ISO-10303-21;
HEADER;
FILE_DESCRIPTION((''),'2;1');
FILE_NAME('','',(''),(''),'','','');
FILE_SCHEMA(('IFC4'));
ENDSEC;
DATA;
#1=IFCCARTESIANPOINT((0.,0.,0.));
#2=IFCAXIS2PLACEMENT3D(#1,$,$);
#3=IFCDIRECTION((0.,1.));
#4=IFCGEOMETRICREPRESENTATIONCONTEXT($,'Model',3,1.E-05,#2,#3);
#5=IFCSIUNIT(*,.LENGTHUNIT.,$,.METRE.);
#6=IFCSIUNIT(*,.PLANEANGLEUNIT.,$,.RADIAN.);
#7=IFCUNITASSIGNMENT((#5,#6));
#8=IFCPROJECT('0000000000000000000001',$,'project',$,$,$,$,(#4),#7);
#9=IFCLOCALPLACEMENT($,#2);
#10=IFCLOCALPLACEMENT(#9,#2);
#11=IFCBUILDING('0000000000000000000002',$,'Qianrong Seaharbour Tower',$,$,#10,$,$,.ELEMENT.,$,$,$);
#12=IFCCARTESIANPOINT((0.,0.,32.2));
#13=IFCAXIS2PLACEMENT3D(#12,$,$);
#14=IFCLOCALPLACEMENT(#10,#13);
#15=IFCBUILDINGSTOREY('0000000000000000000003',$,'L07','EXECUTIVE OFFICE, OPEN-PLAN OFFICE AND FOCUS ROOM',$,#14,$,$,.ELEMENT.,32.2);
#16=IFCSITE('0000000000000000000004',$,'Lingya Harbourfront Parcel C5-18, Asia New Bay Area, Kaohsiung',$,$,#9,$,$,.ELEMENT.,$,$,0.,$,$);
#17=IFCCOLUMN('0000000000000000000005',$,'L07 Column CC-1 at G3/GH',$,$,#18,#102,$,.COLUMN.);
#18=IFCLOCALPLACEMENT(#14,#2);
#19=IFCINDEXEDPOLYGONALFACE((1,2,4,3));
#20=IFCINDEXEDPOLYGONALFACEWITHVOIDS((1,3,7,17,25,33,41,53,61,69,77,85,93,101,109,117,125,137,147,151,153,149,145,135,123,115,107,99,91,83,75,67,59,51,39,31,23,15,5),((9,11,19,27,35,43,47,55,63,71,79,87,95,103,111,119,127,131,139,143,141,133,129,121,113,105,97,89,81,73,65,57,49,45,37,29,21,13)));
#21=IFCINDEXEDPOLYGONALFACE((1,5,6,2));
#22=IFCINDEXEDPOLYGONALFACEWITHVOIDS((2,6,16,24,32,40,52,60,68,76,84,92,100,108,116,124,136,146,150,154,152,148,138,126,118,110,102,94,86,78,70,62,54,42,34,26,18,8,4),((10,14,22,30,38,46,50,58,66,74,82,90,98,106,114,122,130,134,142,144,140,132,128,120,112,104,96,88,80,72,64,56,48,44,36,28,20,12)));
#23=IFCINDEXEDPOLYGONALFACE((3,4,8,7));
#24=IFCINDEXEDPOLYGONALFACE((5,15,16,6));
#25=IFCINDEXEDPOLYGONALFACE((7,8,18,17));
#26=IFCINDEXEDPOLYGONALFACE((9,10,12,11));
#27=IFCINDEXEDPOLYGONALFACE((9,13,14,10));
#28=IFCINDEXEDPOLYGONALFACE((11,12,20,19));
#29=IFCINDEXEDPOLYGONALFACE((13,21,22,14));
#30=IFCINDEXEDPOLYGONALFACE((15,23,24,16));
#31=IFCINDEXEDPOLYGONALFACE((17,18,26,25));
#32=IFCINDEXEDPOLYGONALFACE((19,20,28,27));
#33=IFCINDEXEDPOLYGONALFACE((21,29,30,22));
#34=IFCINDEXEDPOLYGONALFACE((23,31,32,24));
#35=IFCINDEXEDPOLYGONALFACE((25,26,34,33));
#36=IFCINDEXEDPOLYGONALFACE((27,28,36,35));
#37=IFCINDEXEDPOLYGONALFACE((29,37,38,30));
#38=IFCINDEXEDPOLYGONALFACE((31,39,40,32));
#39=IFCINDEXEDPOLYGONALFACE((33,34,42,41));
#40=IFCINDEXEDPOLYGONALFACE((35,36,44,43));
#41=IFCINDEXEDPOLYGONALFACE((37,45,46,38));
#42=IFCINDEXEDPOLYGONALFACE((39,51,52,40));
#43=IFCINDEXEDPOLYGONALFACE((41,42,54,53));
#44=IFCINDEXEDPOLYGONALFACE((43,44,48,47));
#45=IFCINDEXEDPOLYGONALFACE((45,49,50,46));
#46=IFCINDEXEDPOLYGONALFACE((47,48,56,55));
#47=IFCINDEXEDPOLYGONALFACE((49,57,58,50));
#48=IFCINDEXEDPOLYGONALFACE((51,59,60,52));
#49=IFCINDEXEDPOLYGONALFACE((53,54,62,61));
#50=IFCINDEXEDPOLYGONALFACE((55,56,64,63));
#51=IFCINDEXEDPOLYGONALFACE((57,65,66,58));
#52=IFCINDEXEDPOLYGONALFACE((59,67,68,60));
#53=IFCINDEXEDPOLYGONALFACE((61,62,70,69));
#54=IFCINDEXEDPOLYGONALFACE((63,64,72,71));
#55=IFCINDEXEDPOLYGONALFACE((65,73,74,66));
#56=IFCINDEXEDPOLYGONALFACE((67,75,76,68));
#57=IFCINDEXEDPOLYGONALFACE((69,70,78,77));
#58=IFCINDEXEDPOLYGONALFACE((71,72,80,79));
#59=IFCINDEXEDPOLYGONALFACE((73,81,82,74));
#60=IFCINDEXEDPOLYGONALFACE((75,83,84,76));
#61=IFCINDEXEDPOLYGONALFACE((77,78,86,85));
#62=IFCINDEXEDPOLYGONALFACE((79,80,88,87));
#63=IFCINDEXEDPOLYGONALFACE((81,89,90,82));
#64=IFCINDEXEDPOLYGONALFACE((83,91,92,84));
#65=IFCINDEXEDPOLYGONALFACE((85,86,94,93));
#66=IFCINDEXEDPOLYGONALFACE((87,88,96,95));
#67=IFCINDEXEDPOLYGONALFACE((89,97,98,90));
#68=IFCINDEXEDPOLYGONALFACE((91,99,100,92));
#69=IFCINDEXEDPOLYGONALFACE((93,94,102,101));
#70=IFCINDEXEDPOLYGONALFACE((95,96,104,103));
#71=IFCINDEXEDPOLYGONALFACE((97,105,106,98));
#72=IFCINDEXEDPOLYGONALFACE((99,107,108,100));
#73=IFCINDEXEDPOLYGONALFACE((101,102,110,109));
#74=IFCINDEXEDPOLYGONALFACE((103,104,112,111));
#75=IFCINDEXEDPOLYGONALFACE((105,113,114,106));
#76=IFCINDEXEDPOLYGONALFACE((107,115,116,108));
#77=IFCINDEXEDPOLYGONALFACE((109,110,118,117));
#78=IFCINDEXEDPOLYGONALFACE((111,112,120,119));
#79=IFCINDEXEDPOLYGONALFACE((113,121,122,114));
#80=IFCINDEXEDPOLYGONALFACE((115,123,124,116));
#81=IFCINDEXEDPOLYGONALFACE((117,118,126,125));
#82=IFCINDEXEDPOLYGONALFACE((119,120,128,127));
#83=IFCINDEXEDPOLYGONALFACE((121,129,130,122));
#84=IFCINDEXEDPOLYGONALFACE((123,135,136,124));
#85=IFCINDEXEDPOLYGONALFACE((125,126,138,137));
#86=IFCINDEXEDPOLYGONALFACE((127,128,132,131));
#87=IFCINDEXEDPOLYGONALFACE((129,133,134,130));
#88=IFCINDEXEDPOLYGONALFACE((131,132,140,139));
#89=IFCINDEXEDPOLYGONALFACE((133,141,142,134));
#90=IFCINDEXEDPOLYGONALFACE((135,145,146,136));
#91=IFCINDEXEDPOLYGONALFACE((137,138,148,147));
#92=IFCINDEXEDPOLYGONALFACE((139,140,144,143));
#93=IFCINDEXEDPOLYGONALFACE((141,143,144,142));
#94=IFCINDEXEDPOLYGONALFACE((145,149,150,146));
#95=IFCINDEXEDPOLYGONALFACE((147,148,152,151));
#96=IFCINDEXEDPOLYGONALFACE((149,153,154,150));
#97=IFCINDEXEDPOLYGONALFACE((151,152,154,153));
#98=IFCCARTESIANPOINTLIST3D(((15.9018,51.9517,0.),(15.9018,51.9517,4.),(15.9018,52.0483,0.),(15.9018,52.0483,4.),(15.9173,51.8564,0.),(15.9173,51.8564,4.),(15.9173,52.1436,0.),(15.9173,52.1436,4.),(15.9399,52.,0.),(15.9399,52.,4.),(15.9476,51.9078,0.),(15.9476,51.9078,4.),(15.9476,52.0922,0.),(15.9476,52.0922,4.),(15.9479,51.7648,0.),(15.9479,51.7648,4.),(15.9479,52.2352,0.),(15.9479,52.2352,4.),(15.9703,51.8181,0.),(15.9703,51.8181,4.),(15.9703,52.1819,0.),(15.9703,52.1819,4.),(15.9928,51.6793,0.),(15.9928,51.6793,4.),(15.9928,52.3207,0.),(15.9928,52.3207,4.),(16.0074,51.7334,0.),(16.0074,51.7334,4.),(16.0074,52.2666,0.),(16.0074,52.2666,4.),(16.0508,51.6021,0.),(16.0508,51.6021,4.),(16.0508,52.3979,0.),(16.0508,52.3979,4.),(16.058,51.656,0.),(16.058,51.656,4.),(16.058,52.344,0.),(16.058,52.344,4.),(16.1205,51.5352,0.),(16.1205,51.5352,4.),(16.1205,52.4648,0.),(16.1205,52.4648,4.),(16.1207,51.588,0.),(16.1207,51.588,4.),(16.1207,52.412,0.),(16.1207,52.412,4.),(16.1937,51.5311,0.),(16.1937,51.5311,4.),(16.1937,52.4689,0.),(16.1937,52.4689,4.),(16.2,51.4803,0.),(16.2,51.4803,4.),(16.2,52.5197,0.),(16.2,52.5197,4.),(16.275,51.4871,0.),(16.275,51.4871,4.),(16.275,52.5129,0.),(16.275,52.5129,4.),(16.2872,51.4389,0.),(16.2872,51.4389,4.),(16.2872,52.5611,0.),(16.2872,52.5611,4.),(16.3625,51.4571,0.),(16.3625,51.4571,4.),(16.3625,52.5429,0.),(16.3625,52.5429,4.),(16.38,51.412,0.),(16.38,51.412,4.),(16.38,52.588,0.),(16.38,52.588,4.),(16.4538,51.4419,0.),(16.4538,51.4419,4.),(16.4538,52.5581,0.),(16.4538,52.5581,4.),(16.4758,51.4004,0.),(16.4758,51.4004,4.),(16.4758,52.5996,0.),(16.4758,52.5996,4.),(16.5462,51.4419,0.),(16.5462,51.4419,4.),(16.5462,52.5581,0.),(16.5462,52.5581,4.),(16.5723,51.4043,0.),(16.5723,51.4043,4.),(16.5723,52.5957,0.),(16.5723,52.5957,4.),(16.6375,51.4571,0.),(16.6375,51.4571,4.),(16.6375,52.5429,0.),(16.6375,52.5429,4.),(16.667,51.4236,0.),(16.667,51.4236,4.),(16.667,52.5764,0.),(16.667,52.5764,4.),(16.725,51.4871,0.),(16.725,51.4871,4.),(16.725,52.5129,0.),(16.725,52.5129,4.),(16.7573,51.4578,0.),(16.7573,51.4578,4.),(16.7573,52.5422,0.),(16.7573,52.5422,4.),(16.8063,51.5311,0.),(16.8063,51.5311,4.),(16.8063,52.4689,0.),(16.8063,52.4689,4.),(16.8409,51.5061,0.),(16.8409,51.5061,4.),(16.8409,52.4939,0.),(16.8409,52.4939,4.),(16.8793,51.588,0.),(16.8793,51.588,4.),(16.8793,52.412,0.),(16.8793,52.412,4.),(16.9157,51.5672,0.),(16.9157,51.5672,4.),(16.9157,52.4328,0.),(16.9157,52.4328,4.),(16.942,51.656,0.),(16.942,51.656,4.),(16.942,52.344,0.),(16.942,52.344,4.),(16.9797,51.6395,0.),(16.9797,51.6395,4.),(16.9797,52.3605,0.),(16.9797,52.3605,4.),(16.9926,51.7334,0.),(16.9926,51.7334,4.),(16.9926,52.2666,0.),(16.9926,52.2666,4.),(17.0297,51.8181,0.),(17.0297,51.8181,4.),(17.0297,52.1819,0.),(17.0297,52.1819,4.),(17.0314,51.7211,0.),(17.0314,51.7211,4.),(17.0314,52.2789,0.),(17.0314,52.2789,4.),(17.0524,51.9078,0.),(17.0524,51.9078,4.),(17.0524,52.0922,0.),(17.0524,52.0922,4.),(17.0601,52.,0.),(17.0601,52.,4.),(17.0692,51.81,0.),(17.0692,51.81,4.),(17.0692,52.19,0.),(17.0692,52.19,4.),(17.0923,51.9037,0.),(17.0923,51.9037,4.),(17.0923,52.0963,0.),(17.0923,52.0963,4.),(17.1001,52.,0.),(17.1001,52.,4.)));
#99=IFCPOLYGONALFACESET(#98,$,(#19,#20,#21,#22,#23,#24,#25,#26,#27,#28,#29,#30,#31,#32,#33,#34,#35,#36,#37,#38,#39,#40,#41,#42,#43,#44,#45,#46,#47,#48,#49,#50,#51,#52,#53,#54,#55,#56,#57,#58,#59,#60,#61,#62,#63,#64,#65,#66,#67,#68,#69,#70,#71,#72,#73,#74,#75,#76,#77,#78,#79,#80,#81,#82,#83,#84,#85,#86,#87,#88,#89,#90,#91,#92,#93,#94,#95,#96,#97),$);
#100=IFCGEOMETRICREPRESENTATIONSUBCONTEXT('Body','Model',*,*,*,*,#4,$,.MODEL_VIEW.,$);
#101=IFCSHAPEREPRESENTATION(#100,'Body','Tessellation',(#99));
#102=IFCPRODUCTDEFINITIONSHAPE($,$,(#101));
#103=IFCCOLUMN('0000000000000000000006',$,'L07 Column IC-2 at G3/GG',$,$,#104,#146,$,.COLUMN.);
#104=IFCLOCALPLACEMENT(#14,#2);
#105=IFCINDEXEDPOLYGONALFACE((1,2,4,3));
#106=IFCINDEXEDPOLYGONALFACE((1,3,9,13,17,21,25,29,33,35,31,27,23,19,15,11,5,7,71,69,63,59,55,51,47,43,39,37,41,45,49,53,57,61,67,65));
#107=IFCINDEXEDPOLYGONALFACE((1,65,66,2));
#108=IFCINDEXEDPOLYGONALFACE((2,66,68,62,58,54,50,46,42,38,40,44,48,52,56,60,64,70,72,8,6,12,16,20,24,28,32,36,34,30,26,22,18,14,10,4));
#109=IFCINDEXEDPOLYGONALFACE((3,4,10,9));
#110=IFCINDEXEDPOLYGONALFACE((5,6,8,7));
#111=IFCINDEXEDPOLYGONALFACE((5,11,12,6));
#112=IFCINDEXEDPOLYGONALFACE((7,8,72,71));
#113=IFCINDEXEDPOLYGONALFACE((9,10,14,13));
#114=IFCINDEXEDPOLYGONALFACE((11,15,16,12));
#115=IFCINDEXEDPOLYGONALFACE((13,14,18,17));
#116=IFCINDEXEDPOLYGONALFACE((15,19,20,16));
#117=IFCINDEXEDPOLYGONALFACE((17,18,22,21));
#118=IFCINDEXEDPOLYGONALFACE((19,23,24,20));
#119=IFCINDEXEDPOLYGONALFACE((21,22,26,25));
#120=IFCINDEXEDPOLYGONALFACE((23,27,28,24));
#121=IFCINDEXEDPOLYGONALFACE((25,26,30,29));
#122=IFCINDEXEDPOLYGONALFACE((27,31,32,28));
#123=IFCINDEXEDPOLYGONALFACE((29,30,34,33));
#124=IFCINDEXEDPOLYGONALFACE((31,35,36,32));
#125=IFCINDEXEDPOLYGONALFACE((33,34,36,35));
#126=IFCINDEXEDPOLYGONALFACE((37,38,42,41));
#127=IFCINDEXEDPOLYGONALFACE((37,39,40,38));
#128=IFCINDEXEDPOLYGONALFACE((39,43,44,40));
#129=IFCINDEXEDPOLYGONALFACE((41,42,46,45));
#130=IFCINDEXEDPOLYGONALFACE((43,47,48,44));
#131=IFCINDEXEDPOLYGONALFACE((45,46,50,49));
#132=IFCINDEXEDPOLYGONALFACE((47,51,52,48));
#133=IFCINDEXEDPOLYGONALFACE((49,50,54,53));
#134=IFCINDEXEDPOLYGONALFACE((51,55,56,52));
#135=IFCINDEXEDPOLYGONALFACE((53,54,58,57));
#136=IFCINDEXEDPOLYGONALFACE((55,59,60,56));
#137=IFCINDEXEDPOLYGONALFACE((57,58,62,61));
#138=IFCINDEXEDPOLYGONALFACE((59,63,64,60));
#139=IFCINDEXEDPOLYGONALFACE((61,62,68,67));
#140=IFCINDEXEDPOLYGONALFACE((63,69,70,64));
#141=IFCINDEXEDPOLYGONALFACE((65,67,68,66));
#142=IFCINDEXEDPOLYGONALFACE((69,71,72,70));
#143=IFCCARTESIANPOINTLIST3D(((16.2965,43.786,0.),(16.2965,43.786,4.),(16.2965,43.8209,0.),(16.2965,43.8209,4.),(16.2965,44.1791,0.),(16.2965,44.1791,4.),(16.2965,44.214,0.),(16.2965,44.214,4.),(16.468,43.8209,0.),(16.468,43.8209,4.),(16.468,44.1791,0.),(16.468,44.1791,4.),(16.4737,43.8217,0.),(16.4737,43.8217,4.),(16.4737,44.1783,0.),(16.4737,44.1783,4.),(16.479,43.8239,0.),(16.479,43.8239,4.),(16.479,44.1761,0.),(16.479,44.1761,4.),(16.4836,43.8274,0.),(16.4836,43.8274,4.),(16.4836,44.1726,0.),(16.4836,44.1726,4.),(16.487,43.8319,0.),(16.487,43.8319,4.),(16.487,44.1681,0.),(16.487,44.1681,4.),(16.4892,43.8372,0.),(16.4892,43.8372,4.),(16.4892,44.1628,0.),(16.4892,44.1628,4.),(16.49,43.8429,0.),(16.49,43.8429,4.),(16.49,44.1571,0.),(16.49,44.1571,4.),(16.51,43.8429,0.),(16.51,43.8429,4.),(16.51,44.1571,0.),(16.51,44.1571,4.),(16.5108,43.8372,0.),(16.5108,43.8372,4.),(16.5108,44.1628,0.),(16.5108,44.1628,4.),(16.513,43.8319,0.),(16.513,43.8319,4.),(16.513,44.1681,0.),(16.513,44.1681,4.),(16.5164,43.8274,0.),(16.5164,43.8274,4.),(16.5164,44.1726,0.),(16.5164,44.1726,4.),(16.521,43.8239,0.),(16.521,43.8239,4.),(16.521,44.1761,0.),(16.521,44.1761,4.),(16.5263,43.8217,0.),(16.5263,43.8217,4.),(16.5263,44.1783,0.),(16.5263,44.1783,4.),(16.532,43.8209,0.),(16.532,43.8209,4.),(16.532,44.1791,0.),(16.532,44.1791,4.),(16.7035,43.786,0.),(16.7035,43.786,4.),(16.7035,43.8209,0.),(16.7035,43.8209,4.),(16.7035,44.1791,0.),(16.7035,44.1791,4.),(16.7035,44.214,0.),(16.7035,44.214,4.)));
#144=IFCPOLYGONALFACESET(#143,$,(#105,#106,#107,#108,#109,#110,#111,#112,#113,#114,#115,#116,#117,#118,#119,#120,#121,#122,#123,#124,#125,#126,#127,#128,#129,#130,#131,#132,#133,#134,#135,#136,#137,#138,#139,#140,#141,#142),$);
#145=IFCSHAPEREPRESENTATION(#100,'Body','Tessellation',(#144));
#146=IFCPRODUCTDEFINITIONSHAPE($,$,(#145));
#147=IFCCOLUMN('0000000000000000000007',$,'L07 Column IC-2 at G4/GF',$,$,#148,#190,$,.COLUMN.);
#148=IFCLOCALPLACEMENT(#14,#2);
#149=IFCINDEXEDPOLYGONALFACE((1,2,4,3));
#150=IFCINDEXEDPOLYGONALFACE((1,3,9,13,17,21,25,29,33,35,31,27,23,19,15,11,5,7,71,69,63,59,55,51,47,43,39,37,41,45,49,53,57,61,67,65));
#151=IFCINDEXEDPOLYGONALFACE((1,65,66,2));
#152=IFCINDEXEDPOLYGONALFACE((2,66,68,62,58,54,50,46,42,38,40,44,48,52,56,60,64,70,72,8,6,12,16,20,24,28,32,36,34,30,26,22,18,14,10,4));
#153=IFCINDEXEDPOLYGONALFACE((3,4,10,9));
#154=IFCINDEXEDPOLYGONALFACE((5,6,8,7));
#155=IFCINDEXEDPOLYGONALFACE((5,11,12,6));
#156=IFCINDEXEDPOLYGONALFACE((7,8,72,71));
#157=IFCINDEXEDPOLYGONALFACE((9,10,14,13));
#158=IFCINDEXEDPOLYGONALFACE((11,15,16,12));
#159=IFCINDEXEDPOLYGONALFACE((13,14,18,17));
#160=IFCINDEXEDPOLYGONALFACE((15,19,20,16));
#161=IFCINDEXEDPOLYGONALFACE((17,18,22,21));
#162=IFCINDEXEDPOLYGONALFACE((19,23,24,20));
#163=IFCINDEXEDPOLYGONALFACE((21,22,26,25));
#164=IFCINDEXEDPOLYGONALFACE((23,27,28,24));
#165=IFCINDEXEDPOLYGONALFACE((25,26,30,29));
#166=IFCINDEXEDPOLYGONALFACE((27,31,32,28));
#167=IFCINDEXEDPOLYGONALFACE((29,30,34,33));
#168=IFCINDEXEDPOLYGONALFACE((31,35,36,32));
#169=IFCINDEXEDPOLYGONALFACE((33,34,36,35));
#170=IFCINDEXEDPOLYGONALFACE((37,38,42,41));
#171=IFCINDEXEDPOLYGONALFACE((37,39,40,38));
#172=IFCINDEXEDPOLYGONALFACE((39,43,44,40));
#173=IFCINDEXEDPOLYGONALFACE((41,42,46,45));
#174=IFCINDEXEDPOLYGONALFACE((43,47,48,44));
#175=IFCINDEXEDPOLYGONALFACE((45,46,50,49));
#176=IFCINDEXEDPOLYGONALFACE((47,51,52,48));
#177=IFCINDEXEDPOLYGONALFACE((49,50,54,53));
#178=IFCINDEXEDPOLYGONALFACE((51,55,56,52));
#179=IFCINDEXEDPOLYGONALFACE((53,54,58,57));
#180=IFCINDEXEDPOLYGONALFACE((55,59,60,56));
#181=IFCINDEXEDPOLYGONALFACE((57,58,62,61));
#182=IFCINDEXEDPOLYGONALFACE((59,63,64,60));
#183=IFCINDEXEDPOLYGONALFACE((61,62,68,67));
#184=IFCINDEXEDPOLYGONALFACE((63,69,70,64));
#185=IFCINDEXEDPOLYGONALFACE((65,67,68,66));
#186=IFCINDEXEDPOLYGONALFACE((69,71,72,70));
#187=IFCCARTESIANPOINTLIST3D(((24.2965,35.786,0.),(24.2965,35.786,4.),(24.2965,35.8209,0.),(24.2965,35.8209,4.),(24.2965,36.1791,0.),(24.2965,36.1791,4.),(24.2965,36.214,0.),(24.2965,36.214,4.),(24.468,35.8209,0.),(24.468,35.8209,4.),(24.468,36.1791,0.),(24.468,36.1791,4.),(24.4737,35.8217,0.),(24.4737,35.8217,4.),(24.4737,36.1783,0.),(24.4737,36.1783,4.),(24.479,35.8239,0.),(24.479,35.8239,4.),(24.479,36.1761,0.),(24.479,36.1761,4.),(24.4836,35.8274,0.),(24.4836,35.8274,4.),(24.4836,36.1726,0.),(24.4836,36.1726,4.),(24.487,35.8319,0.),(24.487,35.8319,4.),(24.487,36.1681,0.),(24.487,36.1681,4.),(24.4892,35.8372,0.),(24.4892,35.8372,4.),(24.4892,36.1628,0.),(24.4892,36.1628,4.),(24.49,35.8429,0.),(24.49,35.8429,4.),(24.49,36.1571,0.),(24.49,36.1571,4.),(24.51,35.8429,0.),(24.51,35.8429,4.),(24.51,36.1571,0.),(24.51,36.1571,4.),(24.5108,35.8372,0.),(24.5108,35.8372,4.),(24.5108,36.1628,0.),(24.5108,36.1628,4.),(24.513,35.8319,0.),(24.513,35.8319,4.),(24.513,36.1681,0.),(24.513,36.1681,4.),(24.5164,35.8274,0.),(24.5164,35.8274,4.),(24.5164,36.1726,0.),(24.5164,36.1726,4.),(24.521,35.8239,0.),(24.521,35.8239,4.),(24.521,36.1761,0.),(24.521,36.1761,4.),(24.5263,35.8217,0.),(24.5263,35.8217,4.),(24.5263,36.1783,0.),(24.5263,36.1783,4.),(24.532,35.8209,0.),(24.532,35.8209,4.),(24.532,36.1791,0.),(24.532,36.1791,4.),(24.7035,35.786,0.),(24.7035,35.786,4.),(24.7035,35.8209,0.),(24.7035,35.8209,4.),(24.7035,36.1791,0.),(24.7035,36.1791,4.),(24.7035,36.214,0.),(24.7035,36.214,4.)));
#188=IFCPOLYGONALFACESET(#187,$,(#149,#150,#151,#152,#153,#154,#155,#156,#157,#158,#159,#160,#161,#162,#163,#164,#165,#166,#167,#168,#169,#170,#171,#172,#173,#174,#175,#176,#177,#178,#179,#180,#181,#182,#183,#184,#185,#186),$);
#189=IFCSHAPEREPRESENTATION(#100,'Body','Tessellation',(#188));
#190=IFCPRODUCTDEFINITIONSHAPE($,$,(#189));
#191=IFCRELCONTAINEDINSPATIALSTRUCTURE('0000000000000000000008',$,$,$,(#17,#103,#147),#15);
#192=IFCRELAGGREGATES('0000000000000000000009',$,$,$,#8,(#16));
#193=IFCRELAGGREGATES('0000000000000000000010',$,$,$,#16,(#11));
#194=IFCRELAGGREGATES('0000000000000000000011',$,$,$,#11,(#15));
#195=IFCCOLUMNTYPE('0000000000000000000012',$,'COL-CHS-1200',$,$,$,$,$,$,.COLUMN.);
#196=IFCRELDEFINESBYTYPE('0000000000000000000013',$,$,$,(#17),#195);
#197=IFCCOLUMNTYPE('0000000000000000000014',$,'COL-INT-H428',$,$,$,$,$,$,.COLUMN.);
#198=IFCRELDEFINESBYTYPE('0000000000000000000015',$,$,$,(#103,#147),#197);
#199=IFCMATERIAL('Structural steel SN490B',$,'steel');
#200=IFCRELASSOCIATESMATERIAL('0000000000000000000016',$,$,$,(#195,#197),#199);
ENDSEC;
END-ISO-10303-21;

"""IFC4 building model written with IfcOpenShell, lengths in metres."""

from ifc_helpers import new_model, si_unit, direction, frame, origin, origin_2d, place, context, subcontext, project, spatial, hollow_circle, i_section, extrude, material, material_profile, profile_set, type_object, element, save


model = new_model("IFC4")

# Units and contexts
model_context = context("Model", 3, precision=1e-05, world=origin(), true_north=direction((0.0, 1.0)))
body_context = subcontext(model_context, "Body", "Model", "MODEL_VIEW")
ifc_project = project(units=[si_unit("LENGTHUNIT", "METRE"), si_unit("PLANEANGLEUNIT", "RADIAN")], contexts=[model_context])

# Site, building, storey
site_placement = place(None, origin())
site = spatial("IfcSite", under=ifc_project, at=site_placement, Name="Lingya Harbourfront Parcel C5-18, Asia New Bay Area, Kaohsiung", CompositionType="ELEMENT", RefElevation=0.0)
building_placement = place(site_placement, origin())
building = spatial("IfcBuilding", under=site, at=building_placement, Name="Qianrong Seaharbour Tower", CompositionType="ELEMENT")
storey_placement = place(building_placement, frame((0.0, 0.0, 32.2)))
storey = spatial("IfcBuildingStorey", under=building, at=storey_placement, Name="L07", Description="EXECUTIVE OFFICE, OPEN-PLAN OFFICE AND FOCUS ROOM", CompositionType="ELEMENT", Elevation=32.2)

# Columns
ifc_material_1 = material(Name="Structural steel SN490B", Category="steel")
ifc_material_profile_1 = material_profile(ifc_material_1, hollow_circle(Radius=0.6001, WallThickness=0.04, at=origin_2d()), Name="CHS1200x40")
ifc_profile_set_1 = profile_set([ifc_material_profile_1], Name="Structural steel SN490B")
column_type_1 = type_object("IfcColumnType", Name="COL-CHS-1200", PredefinedType="COLUMN", material=ifc_profile_set_1)
column_placement = place(storey_placement, frame((16.5, 52.0, 0.0), z_axis=(0.0, 0.0, 1.0), x_axis=(1.0, 0.0, 0.0)))
element("IfcColumn", 1, at=column_placement, inside=storey, type_object=column_type_1, Name="L07 Column CC-1 at G3/GH", PredefinedType="COLUMN", context=body_context, shape_type="SweptSolid", body=[
    extrude(hollow_circle(Radius=0.6001, WallThickness=0.04, at=origin_2d()), origin(), (0.0, 0.0, 1.0), 4.0),
])
ifc_material_profile_2 = material_profile(ifc_material_1, i_section(OverallWidth=0.407, OverallDepth=0.428, WebThickness=0.02, FlangeThickness=0.0349, FilletRadius=0.022, at=origin_2d()), Name="H428x407x20x35")
ifc_profile_set_2 = profile_set([ifc_material_profile_2], Name="Structural steel SN490B")
column_type_2 = type_object("IfcColumnType", Name="COL-INT-H428", PredefinedType="COLUMN", material=ifc_profile_set_2)
for number, where, z_axis, x_axis, name in (
    (2, (16.5, 44.0, 0.0), (0.0, 0.0, 1.0), (1.0, 0.0, 0.0), "L07 Column IC-2 at G3/GG"),
    (3, (24.5, 36.0, 0.0), (0.0, 0.0, 1.0), (1.0, 0.0, 0.0), "L07 Column IC-2 at G4/GF"),
):
    element("IfcColumn", number, at=place(storey_placement, frame(where, z_axis=z_axis, x_axis=x_axis)), inside=storey, type_object=column_type_2, Name=name, PredefinedType="COLUMN", context=body_context, shape_type="SweptSolid", body=[
        extrude(i_section(OverallWidth=0.407, OverallDepth=0.428, WebThickness=0.02, FlangeThickness=0.0349, FilletRadius=0.022, at=origin_2d()), origin(), (0.0, 0.0, 1.0), 4.0),
    ])

save(model, "model.ifc")
